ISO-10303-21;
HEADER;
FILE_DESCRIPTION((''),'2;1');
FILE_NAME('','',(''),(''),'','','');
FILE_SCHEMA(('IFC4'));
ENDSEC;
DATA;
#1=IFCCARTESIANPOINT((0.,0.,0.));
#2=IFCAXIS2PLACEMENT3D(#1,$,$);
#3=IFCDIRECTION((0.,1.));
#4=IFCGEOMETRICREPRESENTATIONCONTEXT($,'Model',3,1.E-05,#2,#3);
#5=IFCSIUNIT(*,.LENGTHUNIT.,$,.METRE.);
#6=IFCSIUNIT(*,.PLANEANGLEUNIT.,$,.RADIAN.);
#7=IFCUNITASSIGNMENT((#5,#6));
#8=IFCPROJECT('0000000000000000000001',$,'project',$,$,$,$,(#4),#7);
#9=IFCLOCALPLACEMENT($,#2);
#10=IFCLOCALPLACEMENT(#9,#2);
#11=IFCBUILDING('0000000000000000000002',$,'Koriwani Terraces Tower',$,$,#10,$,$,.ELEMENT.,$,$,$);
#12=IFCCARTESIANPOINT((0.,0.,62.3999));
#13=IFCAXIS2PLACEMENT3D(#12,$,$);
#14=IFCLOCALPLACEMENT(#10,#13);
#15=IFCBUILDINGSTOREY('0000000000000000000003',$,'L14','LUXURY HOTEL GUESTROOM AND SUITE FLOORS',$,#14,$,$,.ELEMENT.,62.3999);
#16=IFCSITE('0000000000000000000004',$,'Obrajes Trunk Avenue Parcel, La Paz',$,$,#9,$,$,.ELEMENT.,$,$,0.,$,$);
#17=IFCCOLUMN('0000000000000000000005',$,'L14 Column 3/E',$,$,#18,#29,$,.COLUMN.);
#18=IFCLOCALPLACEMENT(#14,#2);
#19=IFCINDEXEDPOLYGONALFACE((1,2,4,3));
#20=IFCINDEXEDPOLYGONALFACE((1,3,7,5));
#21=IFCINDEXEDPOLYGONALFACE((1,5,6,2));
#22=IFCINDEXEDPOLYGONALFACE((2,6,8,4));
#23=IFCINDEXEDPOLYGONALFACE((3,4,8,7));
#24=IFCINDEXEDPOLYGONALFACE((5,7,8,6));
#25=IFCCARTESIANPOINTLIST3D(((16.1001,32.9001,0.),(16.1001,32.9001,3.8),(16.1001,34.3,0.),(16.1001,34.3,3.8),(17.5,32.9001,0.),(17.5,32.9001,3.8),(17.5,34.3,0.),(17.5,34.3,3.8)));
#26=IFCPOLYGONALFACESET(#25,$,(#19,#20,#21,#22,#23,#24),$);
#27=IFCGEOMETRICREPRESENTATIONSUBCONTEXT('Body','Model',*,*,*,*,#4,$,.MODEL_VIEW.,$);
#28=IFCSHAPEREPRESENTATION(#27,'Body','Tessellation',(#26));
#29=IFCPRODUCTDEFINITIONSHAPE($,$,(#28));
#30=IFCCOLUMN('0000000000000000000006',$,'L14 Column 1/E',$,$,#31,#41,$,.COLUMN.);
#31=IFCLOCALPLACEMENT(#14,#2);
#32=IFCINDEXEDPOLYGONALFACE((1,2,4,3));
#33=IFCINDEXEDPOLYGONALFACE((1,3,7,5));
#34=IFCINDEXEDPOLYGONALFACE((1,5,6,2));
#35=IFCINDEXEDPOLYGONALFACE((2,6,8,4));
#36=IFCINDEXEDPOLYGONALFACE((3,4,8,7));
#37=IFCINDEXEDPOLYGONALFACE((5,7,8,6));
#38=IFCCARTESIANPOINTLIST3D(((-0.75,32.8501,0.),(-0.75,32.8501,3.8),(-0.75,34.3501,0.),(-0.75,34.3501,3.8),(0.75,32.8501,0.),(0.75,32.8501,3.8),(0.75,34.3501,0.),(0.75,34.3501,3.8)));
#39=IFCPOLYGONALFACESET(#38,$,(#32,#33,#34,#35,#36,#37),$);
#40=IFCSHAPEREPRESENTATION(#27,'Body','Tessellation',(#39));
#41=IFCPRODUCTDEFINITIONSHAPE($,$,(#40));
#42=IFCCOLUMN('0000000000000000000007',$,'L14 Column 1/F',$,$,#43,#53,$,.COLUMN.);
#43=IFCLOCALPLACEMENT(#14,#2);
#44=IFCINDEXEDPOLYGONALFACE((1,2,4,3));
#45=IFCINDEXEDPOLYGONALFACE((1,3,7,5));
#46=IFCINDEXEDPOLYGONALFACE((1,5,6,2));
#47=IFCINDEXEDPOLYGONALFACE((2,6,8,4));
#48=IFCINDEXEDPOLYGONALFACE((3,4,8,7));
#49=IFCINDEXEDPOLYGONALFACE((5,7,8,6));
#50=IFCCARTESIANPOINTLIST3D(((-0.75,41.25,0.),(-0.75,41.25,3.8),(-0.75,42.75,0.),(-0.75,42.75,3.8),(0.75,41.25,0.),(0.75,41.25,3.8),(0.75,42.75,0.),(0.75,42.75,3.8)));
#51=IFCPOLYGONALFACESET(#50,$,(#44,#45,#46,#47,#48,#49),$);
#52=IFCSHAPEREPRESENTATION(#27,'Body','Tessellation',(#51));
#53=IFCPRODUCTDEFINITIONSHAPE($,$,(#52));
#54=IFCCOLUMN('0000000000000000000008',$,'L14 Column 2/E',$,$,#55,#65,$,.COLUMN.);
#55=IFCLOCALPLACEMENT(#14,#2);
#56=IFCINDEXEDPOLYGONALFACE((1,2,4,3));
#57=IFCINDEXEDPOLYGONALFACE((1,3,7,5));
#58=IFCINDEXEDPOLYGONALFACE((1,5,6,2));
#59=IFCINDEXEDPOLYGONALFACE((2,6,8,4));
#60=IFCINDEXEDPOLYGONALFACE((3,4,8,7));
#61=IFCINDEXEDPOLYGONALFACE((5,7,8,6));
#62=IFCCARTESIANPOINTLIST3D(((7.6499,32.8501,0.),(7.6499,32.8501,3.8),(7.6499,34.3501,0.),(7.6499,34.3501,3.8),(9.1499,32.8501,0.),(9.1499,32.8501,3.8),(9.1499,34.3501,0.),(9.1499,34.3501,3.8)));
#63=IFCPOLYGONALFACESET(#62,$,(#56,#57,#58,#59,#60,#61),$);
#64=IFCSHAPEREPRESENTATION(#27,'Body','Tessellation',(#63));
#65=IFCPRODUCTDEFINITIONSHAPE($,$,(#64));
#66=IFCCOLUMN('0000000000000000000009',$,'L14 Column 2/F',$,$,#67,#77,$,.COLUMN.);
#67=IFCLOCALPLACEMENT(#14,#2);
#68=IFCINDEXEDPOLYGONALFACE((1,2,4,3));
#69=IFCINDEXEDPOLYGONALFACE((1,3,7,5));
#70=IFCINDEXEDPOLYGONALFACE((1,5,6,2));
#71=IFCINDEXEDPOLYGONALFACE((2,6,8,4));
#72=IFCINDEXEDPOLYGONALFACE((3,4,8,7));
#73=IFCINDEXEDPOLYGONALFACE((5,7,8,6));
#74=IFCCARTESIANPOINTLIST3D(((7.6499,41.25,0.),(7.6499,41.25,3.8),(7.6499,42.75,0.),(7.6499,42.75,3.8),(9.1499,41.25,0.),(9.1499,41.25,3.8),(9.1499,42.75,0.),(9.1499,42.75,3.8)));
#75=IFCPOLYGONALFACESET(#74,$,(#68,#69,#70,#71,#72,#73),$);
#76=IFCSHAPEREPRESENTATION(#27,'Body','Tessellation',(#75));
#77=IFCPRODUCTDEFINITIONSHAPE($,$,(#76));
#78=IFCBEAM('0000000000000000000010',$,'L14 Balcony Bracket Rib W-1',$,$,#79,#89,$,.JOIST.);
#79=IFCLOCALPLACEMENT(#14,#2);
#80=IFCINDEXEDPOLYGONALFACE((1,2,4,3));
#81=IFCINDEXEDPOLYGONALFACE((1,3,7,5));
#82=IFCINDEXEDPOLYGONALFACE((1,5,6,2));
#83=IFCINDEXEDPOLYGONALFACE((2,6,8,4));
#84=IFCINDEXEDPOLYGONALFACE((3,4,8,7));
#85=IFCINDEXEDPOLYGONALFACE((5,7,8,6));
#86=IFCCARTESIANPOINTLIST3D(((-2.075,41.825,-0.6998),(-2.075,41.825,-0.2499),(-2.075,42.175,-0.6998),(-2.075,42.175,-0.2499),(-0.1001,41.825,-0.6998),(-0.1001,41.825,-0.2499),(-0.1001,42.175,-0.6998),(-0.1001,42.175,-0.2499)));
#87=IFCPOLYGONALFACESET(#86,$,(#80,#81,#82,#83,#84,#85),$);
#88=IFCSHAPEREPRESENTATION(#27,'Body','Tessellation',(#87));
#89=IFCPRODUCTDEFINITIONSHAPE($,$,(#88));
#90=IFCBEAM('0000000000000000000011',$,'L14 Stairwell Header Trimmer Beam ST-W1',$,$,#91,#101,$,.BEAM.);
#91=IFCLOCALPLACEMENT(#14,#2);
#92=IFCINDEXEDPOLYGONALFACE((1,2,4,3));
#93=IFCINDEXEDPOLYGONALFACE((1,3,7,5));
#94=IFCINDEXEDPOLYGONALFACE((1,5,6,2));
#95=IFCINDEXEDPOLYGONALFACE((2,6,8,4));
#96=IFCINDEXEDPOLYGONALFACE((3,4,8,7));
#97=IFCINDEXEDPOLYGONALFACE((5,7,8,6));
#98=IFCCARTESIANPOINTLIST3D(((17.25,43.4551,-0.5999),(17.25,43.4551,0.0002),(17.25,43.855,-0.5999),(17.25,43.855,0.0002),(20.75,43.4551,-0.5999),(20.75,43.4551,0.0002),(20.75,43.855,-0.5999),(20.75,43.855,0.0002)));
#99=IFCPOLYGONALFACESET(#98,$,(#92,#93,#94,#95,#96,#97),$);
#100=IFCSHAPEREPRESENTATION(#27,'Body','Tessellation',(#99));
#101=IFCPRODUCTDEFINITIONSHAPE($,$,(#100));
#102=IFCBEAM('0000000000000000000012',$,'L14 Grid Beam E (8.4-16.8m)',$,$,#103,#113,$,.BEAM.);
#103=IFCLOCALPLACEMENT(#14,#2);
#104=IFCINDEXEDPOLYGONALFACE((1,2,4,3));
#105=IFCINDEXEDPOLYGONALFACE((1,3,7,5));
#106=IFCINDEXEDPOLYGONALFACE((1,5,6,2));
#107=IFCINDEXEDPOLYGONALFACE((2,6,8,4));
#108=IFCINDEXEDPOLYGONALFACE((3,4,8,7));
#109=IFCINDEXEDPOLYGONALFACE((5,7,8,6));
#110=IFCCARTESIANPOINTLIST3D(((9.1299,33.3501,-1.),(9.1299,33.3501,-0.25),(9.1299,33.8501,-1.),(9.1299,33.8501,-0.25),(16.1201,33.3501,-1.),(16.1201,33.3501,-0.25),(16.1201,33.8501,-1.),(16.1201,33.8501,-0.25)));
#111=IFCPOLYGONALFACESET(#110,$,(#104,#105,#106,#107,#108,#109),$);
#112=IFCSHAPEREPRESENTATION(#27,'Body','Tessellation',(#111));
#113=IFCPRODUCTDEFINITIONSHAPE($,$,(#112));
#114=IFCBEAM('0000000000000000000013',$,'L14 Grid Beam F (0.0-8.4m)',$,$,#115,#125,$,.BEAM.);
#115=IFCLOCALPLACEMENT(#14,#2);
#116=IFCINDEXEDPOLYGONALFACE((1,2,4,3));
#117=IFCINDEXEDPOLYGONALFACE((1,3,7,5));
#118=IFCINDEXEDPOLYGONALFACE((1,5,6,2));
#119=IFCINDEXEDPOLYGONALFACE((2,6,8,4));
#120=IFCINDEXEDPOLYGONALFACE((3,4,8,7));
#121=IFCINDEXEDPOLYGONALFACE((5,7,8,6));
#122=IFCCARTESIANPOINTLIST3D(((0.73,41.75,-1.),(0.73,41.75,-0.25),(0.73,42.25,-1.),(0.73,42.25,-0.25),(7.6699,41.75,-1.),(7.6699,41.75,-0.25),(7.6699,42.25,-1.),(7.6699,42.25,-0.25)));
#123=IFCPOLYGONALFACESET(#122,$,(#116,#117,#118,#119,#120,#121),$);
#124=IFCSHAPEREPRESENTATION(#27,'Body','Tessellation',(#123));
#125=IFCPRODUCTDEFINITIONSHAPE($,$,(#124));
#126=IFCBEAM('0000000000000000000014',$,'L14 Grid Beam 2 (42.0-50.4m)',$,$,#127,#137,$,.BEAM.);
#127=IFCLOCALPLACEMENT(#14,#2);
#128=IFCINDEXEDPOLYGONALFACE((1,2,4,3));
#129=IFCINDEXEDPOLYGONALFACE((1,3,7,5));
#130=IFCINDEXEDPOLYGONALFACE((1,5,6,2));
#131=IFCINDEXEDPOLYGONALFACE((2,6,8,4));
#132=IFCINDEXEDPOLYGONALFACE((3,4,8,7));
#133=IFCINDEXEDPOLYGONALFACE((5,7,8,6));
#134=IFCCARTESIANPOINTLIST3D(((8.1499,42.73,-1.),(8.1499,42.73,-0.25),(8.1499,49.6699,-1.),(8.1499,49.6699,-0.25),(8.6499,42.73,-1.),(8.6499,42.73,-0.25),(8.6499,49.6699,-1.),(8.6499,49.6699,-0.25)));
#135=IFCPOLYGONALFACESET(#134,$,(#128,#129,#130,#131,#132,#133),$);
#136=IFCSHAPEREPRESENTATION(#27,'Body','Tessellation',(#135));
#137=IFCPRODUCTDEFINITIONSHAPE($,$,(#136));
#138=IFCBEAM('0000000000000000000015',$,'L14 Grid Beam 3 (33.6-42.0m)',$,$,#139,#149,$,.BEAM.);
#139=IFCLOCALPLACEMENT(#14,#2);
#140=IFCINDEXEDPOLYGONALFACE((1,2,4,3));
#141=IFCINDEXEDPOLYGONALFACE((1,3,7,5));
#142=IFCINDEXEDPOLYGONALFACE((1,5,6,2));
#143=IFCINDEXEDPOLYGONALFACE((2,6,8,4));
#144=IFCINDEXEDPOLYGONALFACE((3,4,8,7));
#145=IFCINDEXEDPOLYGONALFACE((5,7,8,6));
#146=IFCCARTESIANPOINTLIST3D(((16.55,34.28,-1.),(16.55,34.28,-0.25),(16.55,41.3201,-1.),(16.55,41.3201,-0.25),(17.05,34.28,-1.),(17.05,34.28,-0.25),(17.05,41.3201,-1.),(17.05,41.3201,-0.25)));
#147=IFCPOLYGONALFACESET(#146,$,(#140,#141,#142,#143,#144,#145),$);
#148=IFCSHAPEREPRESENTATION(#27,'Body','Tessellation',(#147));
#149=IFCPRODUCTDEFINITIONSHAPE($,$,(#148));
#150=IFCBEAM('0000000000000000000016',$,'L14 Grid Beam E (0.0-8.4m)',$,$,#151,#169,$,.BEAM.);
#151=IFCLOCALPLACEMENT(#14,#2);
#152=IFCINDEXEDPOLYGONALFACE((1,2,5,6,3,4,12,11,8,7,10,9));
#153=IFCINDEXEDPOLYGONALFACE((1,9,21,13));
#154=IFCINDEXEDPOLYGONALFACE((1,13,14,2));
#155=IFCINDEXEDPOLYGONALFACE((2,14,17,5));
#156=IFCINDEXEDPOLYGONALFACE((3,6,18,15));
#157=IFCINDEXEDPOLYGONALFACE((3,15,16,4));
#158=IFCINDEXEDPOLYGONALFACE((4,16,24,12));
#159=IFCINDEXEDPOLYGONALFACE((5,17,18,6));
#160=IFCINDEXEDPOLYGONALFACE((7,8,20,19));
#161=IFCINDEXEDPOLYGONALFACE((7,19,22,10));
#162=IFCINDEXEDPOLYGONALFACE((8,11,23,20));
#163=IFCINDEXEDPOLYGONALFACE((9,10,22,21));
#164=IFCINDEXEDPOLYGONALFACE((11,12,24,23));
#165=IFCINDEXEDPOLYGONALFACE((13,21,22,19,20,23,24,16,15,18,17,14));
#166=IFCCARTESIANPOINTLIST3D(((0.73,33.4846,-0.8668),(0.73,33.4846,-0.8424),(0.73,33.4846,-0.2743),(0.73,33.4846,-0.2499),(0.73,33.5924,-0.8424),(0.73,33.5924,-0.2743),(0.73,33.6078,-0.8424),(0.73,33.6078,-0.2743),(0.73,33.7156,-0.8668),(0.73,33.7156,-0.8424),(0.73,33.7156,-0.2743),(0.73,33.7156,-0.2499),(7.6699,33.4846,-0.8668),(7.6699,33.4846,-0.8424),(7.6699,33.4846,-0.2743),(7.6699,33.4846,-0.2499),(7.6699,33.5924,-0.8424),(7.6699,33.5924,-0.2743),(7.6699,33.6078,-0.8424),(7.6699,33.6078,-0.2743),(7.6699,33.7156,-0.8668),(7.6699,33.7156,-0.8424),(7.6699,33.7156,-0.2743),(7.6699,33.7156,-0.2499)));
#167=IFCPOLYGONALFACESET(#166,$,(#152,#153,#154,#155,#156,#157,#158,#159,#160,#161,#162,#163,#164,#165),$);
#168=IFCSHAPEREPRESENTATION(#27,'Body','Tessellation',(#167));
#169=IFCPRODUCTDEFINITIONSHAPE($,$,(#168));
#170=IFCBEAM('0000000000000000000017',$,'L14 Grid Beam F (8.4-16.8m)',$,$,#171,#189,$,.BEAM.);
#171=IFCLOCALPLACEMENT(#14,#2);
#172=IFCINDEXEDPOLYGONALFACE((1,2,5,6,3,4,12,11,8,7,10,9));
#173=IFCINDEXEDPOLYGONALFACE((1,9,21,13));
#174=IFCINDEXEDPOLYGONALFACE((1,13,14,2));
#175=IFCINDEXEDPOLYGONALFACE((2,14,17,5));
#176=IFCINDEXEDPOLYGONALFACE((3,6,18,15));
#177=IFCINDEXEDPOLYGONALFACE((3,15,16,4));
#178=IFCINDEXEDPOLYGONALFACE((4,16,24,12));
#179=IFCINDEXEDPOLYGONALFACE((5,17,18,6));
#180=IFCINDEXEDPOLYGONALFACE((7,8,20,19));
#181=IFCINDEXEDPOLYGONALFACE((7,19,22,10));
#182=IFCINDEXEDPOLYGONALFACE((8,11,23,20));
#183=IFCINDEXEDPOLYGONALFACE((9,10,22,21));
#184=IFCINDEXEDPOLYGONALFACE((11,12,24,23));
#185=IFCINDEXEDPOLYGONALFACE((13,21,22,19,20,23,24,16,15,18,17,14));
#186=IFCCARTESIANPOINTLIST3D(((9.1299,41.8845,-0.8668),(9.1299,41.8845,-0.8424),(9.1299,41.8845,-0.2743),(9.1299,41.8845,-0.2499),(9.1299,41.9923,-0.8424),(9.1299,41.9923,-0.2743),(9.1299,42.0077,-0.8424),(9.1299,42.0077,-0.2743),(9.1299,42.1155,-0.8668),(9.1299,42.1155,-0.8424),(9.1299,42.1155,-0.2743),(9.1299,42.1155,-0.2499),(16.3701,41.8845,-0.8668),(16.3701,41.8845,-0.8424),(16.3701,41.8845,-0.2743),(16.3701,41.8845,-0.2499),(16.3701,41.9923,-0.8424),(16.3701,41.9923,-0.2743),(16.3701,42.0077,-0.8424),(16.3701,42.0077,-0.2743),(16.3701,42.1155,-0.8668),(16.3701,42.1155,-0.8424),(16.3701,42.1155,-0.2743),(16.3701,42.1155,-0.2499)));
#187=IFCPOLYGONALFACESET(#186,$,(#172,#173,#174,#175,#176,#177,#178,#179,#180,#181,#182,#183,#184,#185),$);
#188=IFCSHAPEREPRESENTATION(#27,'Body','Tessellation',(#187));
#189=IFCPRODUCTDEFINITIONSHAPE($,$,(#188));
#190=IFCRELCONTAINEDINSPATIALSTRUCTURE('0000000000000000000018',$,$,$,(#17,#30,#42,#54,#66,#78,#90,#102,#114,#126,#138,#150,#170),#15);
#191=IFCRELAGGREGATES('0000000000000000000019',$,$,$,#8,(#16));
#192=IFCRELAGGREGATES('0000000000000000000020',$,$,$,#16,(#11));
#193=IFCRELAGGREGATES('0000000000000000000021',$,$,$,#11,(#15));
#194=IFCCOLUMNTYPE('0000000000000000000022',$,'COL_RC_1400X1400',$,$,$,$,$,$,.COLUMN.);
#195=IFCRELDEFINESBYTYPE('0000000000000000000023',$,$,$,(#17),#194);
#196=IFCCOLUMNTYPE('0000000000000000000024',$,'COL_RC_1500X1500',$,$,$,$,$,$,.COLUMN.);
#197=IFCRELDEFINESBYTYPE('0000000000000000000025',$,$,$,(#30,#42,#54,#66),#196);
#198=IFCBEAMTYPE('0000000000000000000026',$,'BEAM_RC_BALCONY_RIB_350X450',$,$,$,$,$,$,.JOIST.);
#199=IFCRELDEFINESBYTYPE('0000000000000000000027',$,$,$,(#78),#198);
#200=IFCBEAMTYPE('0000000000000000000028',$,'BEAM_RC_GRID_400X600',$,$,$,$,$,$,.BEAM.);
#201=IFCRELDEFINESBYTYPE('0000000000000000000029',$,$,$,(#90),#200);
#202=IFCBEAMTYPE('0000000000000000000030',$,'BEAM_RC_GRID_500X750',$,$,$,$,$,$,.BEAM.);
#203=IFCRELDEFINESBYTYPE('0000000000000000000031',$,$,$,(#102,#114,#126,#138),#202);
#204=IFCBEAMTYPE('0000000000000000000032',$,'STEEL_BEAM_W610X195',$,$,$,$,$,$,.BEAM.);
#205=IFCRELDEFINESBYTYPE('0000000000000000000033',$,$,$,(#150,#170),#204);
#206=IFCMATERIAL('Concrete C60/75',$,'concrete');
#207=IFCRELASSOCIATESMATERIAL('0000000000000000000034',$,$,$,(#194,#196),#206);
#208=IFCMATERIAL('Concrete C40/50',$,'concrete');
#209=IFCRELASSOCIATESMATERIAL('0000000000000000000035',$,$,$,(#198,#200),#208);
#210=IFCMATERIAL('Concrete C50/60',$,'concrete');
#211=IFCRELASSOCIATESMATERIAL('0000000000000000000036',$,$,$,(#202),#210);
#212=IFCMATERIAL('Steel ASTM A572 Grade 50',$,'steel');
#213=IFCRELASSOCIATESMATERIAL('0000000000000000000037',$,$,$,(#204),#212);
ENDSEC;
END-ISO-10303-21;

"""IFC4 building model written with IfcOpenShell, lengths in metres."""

from ifc_helpers import new_model, si_unit, direction, frame, origin, origin_2d, place, context, subcontext, project, spatial, rectangle, i_section, extrude, material, material_profile, profile_set, type_object, element, save


model = new_model("IFC4")

# Units and contexts
model_context = context("Model", 3, precision=1e-05, world=origin(), true_north=direction((0.0, 1.0)))
body_context = subcontext(model_context, "Body", "Model", "MODEL_VIEW")
ifc_project = project(units=[si_unit("LENGTHUNIT", "METRE"), si_unit("PLANEANGLEUNIT", "RADIAN")], contexts=[model_context])

# Site, building, storey
site_placement = place(None, origin())
site = spatial("IfcSite", under=ifc_project, at=site_placement, Name="Obrajes Trunk Avenue Parcel, La Paz", CompositionType="ELEMENT", RefElevation=0.0)
building_placement = place(site_placement, origin())
building = spatial("IfcBuilding", under=site, at=building_placement, Name="Koriwani Terraces Tower", CompositionType="ELEMENT")
storey_placement = place(building_placement, frame((0.0, 0.0, 62.3999)))
storey = spatial("IfcBuildingStorey", under=building, at=storey_placement, Name="L14", Description="LUXURY HOTEL GUESTROOM AND SUITE FLOORS", CompositionType="ELEMENT", Elevation=62.3999)

# Columns
ifc_material_1 = material(Name="Concrete C60/75", Category="concrete")
ifc_material_profile_1 = material_profile(ifc_material_1, rectangle(XDim=1.3999, YDim=1.3999, at=origin_2d()), Name="Concrete C60/75", Category="LoadBearing")
ifc_profile_set_1 = profile_set([ifc_material_profile_1], Name="Concrete C60/75")
column_type_1 = type_object("IfcColumnType", Name="COL_RC_1400X1400", PredefinedType="COLUMN", material=ifc_profile_set_1)
column_placement = place(storey_placement, frame((16.8, 33.6001, 0.0), z_axis=(0.0, 0.0, 1.0), x_axis=(1.0, 0.0, 0.0)))
element("IfcColumn", 1, at=column_placement, inside=storey, type_object=column_type_1, Name="L14 Column 3/E", PredefinedType="COLUMN", context=body_context, shape_type="SweptSolid", body=[
    extrude(rectangle(XDim=1.3999, YDim=1.3999, at=origin_2d()), origin(), (0.0, 0.0, 1.0), 3.8),
])
ifc_material_profile_2 = material_profile(ifc_material_1, rectangle(XDim=1.5, YDim=1.5, at=origin_2d()), Name="Concrete C60/75", Category="LoadBearing")
ifc_profile_set_2 = profile_set([ifc_material_profile_2], Name="Concrete C60/75")
column_type_2 = type_object("IfcColumnType", Name="COL_RC_1500X1500", PredefinedType="COLUMN", material=ifc_profile_set_2)
for number, where, z_axis, x_axis, name in (
    (2, (0.0, 33.6001, 0.0), (0.0, 0.0, 1.0), (1.0, 0.0, 0.0), "L14 Column 1/E"),
    (3, (0.0, 42.0, 0.0), (0.0, 0.0, 1.0), (1.0, 0.0, 0.0), "L14 Column 1/F"),
    (4, (8.3999, 33.6001, 0.0), (0.0, 0.0, 1.0), (1.0, 0.0, 0.0), "L14 Column 2/E"),
    (5, (8.3999, 42.0, 0.0), (0.0, 0.0, 1.0), (1.0, 0.0, 0.0), "L14 Column 2/F"),
):
    element("IfcColumn", number, at=place(storey_placement, frame(where, z_axis=z_axis, x_axis=x_axis)), inside=storey, type_object=column_type_2, Name=name, PredefinedType="COLUMN", context=body_context, shape_type="SweptSolid", body=[
        extrude(rectangle(XDim=1.5, YDim=1.5, at=origin_2d()), origin(), (0.0, 0.0, 1.0), 3.8),
    ])

# Beams
ifc_material_2 = material(Name="Concrete C40/50", Category="concrete")
ifc_material_profile_3 = material_profile(ifc_material_2, rectangle(XDim=0.3501, YDim=0.45, at=origin_2d()), Name="Concrete C40/50", Category="LoadBearing")
ifc_profile_set_3 = profile_set([ifc_material_profile_3], Name="Concrete C40/50")
beam_type_1 = type_object("IfcBeamType", Name="BEAM_RC_BALCONY_RIB_350X450", PredefinedType="JOIST", material=ifc_profile_set_3)
beam_1_placement = place(storey_placement, frame((-2.075, 42.0, -0.4749), z_axis=(1.0, 0.0, 0.0), x_axis=(0.0, 1.0, 0.0)))
element("IfcBeam", 6, at=beam_1_placement, inside=storey, type_object=beam_type_1, Name="L14 Balcony Bracket Rib W-1", PredefinedType="JOIST", context=body_context, shape_type="SweptSolid", body=[
    extrude(rectangle(XDim=0.3501, YDim=0.45, at=origin_2d()), origin(), (0.0, 0.0, 1.0), 1.9749),
])
ifc_material_profile_4 = material_profile(ifc_material_2, rectangle(XDim=0.3999, YDim=0.6001, at=origin_2d()), Name="Concrete C40/50", Category="LoadBearing")
ifc_profile_set_4 = profile_set([ifc_material_profile_4], Name="Concrete C40/50")
beam_type_2 = type_object("IfcBeamType", Name="BEAM_RC_GRID_400X600", PredefinedType="BEAM", material=ifc_profile_set_4)
beam_2_placement = place(storey_placement, frame((17.25, 43.655, -0.2998), z_axis=(1.0, 0.0, 0.0), x_axis=(0.0, 1.0, 0.0)))
element("IfcBeam", 7, at=beam_2_placement, inside=storey, type_object=beam_type_2, Name="L14 Stairwell Header Trimmer Beam ST-W1", PredefinedType="BEAM", context=body_context, shape_type="SweptSolid", body=[
    extrude(rectangle(XDim=0.3999, YDim=0.6001, at=origin_2d()), origin(), (0.0, 0.0, 1.0), 3.5),
])
ifc_material_3 = material(Name="Concrete C50/60", Category="concrete")
ifc_material_profile_5 = material_profile(ifc_material_3, rectangle(XDim=0.5, YDim=0.75, at=origin_2d()), Name="Concrete C50/60", Category="LoadBearing")
ifc_profile_set_5 = profile_set([ifc_material_profile_5], Name="Concrete C50/60")
beam_type_3 = type_object("IfcBeamType", Name="BEAM_RC_GRID_500X750", PredefinedType="BEAM", material=ifc_profile_set_5)
beam_3_placement = place(storey_placement, frame((9.1299, 33.6001, -0.625), z_axis=(1.0, 0.0, 0.0), x_axis=(0.0, 1.0, 0.0)))
element("IfcBeam", 8, at=beam_3_placement, inside=storey, type_object=beam_type_3, Name="L14 Grid Beam E (8.4-16.8m)", PredefinedType="BEAM", context=body_context, shape_type="SweptSolid", body=[
    extrude(rectangle(XDim=0.5, YDim=0.75, at=origin_2d()), origin(), (0.0, 0.0, 1.0), 6.9902),
])
for number, where, z_axis, x_axis, name in (
    (9, (0.73, 42.0, -0.625), (1.0, 0.0, 0.0), (0.0, 1.0, 0.0), "L14 Grid Beam F (0.0-8.4m)"),
    (10, (8.3999, 42.73, -0.625), (0.0, 1.0, 0.0), (-1.0, 0.0, 0.0), "L14 Grid Beam 2 (42.0-50.4m)"),
):
    element("IfcBeam", number, at=place(storey_placement, frame(where, z_axis=z_axis, x_axis=x_axis)), inside=storey, type_object=beam_type_3, Name=name, PredefinedType="BEAM", context=body_context, shape_type="SweptSolid", body=[
        extrude(rectangle(XDim=0.5, YDim=0.75, at=origin_2d()), origin(), (0.0, 0.0, 1.0), 6.9399),
    ])
beam_4_placement = place(storey_placement, frame((16.8, 34.28, -0.625), z_axis=(0.0, 1.0, 0.0), x_axis=(-1.0, 0.0, 0.0)))
element("IfcBeam", 11, at=beam_4_placement, inside=storey, type_object=beam_type_3, Name="L14 Grid Beam 3 (33.6-42.0m)", PredefinedType="BEAM", context=body_context, shape_type="SweptSolid", body=[
    extrude(rectangle(XDim=0.5, YDim=0.75, at=origin_2d()), origin(), (0.0, 0.0, 1.0), 7.04),
])
ifc_material_4 = material(Name="Steel ASTM A572 Grade 50", Category="steel")
ifc_material_profile_6 = material_profile(ifc_material_4, i_section(OverallWidth=0.231, OverallDepth=0.6169, WebThickness=0.0154, FlangeThickness=0.0244, at=origin_2d()), Name="Steel ASTM A572 Grade 50", Category="LoadBearing")
ifc_profile_set_6 = profile_set([ifc_material_profile_6], Name="Steel ASTM A572 Grade 50")
beam_type_4 = type_object("IfcBeamType", Name="STEEL_BEAM_W610X195", PredefinedType="BEAM", material=ifc_profile_set_6)
beam_5_placement = place(storey_placement, frame((0.73, 33.6001, -0.5583), z_axis=(1.0, 0.0, 0.0), x_axis=(0.0, 1.0, 0.0)))
element("IfcBeam", 12, at=beam_5_placement, inside=storey, type_object=beam_type_4, Name="L14 Grid Beam E (0.0-8.4m)", PredefinedType="BEAM", context=body_context, shape_type="SweptSolid", body=[
    extrude(i_section(OverallWidth=0.231, OverallDepth=0.6169, WebThickness=0.0154, FlangeThickness=0.0244, at=origin_2d()), origin(), (0.0, 0.0, 1.0), 6.9399),
])
beam_6_placement = place(storey_placement, frame((9.1299, 42.0, -0.5583), z_axis=(1.0, 0.0, 0.0), x_axis=(0.0, 1.0, 0.0)))
element("IfcBeam", 13, at=beam_6_placement, inside=storey, type_object=beam_type_4, Name="L14 Grid Beam F (8.4-16.8m)", PredefinedType="BEAM", context=body_context, shape_type="SweptSolid", body=[
    extrude(i_section(OverallWidth=0.231, OverallDepth=0.6169, WebThickness=0.0154, FlangeThickness=0.0244, at=origin_2d()), origin(), (0.0, 0.0, 1.0), 7.2402),
])

save(model, "model.ifc")
